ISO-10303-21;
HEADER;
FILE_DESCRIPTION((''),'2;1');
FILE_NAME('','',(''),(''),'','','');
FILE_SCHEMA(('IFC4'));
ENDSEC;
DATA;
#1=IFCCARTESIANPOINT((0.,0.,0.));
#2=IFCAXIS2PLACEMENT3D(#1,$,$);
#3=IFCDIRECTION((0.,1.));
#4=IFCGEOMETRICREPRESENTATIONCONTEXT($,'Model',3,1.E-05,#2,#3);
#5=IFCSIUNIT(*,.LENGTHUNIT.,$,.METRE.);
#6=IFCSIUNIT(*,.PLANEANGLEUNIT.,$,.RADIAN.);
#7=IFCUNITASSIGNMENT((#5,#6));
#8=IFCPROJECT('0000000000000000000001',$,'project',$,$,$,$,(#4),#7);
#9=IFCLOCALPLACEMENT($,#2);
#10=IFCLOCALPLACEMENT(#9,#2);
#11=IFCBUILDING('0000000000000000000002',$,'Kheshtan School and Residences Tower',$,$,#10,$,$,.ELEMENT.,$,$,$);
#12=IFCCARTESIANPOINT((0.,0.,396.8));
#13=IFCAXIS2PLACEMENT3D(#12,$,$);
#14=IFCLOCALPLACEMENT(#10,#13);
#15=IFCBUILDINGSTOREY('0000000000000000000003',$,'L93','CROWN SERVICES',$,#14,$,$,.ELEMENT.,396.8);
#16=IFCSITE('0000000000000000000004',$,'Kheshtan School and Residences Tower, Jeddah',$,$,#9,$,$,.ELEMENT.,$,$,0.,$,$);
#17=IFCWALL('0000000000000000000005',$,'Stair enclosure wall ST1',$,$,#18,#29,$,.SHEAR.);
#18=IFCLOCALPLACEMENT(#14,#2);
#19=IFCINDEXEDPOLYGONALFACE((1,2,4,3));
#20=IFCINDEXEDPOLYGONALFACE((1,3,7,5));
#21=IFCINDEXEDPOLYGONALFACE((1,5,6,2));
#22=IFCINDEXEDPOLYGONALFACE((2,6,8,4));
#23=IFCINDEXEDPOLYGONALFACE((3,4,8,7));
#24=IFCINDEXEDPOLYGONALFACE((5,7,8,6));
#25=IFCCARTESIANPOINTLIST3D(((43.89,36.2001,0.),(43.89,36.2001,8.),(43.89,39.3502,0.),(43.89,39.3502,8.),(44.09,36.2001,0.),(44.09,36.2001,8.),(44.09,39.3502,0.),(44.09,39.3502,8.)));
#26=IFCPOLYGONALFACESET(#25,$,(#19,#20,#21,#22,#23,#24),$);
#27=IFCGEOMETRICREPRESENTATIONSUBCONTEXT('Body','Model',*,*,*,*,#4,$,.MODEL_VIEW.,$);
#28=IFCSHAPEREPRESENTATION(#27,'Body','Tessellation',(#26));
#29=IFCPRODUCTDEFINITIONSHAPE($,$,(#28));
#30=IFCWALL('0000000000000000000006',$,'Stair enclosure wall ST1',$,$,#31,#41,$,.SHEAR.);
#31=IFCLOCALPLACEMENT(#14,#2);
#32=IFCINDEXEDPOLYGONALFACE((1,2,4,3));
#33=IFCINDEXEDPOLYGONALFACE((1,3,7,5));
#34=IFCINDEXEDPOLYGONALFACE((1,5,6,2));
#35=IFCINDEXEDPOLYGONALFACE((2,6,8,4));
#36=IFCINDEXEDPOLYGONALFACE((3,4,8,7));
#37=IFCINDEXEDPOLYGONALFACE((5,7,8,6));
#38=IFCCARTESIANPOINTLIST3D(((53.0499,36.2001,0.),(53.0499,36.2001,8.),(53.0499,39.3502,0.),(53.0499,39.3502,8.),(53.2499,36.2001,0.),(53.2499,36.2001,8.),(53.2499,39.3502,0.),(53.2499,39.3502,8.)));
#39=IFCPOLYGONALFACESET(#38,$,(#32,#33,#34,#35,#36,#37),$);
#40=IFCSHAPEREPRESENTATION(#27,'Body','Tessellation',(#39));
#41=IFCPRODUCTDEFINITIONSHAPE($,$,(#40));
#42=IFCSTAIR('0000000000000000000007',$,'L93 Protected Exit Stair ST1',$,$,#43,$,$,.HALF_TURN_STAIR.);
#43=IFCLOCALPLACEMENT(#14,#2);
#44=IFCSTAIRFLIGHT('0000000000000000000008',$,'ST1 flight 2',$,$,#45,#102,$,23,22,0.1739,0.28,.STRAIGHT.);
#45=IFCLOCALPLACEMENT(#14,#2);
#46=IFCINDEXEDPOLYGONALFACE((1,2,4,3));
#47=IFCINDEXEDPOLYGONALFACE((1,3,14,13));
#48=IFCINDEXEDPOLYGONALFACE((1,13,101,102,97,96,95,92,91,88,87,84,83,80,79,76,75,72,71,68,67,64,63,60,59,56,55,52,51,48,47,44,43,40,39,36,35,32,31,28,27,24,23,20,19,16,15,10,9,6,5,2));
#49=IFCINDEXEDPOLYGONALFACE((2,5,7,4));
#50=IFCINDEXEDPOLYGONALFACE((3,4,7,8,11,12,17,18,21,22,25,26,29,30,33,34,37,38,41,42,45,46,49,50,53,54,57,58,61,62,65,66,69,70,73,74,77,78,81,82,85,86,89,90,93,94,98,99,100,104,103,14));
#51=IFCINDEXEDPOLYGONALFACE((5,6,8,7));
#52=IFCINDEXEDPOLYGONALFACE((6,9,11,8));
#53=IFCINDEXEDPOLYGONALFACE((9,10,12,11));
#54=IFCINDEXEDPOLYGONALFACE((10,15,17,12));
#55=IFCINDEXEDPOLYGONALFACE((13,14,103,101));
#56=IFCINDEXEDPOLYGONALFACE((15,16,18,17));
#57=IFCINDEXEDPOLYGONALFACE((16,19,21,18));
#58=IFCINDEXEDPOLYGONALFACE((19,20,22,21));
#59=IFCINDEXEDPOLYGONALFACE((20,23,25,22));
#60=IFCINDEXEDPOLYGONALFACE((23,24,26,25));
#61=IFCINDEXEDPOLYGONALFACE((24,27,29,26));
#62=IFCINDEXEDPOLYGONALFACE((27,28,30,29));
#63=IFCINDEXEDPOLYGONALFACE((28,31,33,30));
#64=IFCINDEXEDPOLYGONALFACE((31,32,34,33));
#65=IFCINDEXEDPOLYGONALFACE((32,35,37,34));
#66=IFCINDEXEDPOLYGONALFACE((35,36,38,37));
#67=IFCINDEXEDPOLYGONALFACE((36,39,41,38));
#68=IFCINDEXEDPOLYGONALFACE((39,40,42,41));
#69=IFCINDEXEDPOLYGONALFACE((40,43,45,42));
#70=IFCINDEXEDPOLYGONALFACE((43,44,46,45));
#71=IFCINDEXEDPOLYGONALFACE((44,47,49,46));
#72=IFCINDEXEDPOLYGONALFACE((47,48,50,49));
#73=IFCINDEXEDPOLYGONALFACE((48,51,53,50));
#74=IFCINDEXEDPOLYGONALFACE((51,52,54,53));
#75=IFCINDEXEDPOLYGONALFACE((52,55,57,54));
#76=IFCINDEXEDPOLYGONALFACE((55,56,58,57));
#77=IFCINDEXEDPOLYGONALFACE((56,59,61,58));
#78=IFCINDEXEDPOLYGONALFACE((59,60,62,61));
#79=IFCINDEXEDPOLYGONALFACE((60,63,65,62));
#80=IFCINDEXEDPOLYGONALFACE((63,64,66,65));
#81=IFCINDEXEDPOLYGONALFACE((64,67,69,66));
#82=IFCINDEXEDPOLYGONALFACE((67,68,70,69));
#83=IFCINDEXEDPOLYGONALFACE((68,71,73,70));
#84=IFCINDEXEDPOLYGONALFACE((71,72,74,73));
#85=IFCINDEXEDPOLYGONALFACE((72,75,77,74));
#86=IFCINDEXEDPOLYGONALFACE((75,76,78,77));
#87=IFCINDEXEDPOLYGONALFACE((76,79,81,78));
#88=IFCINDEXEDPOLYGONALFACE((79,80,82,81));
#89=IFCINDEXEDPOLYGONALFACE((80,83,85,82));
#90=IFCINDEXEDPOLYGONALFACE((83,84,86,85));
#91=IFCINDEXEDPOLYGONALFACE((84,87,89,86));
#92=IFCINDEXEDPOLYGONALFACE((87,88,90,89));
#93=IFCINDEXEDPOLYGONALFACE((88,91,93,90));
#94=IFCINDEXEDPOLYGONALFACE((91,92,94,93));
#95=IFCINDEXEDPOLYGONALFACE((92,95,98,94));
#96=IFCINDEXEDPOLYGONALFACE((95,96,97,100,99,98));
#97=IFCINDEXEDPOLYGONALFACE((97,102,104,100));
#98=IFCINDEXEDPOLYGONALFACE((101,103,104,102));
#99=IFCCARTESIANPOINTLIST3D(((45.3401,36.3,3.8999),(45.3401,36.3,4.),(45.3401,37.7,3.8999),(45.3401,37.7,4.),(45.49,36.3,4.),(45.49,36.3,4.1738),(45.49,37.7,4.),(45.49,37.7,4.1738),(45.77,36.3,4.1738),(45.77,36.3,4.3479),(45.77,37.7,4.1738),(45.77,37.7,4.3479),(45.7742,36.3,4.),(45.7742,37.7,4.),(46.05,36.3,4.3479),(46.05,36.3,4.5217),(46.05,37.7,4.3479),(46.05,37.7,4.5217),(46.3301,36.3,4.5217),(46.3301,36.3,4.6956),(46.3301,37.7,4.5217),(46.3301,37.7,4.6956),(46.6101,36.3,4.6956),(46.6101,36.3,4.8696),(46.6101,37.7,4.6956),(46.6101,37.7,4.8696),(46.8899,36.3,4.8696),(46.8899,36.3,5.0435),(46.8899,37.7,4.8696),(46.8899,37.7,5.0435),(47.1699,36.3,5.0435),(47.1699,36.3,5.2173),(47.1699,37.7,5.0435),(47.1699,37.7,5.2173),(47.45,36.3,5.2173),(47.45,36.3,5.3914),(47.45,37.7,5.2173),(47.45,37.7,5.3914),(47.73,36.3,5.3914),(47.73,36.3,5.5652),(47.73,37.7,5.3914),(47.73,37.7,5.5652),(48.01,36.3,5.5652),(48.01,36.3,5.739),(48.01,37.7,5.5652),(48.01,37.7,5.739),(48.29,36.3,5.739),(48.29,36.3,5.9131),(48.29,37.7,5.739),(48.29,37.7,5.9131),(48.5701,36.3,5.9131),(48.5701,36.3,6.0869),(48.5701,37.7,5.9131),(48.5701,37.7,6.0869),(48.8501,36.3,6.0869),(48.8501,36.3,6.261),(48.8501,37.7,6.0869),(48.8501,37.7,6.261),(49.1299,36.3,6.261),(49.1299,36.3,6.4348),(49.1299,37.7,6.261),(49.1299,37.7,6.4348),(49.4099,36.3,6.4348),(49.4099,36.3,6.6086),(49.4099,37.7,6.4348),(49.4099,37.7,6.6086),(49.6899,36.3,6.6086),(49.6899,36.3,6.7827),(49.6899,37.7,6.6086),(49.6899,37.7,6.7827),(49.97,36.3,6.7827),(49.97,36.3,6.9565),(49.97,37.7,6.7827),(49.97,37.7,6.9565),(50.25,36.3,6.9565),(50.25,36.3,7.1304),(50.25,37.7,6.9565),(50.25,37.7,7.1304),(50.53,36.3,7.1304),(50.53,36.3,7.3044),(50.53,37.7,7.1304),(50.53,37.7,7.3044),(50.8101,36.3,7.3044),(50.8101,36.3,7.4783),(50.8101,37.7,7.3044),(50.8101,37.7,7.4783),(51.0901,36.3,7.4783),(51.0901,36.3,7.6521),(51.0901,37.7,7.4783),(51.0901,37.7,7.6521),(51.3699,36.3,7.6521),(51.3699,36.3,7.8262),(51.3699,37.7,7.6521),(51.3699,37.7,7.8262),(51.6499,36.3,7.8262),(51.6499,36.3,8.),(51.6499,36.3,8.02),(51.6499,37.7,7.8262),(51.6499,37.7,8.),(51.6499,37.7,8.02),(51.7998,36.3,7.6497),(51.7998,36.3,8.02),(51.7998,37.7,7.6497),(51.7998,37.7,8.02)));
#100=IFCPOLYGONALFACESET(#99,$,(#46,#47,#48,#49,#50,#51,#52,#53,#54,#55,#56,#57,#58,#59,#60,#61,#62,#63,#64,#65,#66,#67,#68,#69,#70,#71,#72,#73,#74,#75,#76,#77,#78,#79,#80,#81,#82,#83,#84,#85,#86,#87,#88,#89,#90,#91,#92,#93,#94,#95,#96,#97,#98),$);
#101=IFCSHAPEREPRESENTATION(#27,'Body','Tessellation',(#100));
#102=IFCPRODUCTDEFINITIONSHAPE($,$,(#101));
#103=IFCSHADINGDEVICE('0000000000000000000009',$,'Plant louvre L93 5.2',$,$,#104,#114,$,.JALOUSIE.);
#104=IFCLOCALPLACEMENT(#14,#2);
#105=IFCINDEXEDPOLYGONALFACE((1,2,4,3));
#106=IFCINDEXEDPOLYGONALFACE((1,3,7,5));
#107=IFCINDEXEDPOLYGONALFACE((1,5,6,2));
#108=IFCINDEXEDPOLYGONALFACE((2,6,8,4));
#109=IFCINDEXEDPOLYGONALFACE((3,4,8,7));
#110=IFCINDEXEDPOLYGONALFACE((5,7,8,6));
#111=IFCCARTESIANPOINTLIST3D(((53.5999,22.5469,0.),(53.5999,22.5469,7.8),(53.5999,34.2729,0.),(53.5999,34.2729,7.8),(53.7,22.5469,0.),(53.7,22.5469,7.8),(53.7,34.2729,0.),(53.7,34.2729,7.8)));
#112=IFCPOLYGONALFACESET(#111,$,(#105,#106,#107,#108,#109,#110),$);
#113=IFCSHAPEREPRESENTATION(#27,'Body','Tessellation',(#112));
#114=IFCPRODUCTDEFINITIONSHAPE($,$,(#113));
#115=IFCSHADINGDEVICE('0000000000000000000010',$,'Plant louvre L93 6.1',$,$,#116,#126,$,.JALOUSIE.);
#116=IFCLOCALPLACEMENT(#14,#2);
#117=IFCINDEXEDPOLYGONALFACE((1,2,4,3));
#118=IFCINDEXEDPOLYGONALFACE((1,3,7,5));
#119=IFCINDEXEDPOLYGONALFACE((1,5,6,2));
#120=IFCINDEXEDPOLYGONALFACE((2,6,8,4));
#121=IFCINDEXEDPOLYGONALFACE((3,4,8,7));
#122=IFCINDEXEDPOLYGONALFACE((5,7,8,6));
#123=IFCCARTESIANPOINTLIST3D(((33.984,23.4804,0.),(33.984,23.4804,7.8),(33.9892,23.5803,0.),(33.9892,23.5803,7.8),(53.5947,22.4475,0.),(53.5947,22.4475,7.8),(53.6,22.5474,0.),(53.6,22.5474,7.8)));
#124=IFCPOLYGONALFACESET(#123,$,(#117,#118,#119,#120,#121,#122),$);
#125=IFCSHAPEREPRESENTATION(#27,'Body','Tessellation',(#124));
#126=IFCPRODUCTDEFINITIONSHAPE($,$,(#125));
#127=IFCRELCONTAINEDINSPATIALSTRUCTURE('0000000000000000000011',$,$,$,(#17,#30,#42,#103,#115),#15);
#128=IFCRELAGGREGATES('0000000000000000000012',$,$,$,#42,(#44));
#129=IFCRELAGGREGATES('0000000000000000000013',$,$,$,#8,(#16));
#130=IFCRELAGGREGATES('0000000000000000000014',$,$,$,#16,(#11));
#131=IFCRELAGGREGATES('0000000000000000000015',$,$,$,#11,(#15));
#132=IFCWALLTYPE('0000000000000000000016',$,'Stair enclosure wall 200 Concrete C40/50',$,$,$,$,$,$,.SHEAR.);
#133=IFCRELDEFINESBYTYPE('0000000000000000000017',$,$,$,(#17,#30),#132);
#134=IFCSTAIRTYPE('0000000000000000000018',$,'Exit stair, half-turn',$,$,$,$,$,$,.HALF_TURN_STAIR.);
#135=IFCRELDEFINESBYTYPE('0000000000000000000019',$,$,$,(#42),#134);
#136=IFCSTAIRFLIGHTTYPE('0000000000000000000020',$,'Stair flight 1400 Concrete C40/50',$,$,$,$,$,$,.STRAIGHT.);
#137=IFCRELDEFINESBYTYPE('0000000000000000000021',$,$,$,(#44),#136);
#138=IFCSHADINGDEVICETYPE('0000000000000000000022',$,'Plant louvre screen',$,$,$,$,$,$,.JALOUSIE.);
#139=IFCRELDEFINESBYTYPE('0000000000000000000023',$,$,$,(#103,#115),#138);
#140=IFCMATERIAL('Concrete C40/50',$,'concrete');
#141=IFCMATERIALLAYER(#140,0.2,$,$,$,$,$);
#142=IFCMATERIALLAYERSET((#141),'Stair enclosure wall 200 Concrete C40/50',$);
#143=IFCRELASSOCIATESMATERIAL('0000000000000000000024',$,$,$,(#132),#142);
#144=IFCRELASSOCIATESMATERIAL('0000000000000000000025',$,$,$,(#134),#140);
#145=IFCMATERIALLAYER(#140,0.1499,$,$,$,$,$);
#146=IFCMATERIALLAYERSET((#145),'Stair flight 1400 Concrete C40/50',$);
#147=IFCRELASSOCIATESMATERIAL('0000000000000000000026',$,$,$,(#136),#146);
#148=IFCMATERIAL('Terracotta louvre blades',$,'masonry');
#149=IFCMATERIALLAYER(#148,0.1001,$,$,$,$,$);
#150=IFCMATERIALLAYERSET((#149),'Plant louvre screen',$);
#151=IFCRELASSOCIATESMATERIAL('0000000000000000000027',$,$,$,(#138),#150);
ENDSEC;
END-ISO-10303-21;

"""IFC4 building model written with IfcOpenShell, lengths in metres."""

from ifc_helpers import new_model, si_unit, direction, frame, frame_2d, origin, origin_2d, place, context, subcontext, project, spatial, polyline, rectangle, outline, extrude, material, layer, layer_set, type_object, element, aggregate, save


model = new_model("IFC4")

# Units and contexts
model_context = context("Model", 3, precision=1e-05, world=origin(), true_north=direction((0.0, 1.0)))
body_context = subcontext(model_context, "Body", "Model", "MODEL_VIEW")
ifc_project = project(units=[si_unit("LENGTHUNIT", "METRE"), si_unit("PLANEANGLEUNIT", "RADIAN")], contexts=[model_context])

# Site, building, storey
site_placement = place(None, origin())
site = spatial("IfcSite", under=ifc_project, at=site_placement, Name="Kheshtan School and Residences Tower, Jeddah", CompositionType="ELEMENT", RefElevation=0.0)
building_placement = place(site_placement, origin())
building = spatial("IfcBuilding", under=site, at=building_placement, Name="Kheshtan School and Residences Tower", CompositionType="ELEMENT")
storey_placement = place(building_placement, frame((0.0, 0.0, 396.8)))
storey = spatial("IfcBuildingStorey", under=building, at=storey_placement, Name="L93", Description="CROWN SERVICES", CompositionType="ELEMENT", Elevation=396.8)

# Walls
ifc_material_1 = material(Name="Concrete C40/50", Category="concrete")
ifc_layer_1 = layer(ifc_material_1, 0.2)
ifc_layer_set_1 = layer_set([ifc_layer_1], Name="Stair enclosure wall 200 Concrete C40/50")
wall_type_1 = type_object("IfcWallType", Name="Stair enclosure wall 200 Concrete C40/50", PredefinedType="SHEAR", material=ifc_layer_set_1)
for number, where, z_axis, x_axis, name in (
    (1, (43.99, 36.2, 0.0), (0.0, 0.0, 1.0), (0.0, 1.0, 0.0), "Stair enclosure wall ST1"),
    (2, (53.1499, 36.2, 0.0), (0.0, 0.0, 1.0), (0.0, 1.0, 0.0), "Stair enclosure wall ST1"),
):
    element("IfcWall", number, at=place(storey_placement, frame(where, z_axis=z_axis, x_axis=x_axis)), inside=storey, type_object=wall_type_1, Name=name, PredefinedType="SHEAR", context=body_context, shape_type="SweptSolid", body=[
        extrude(rectangle(XDim=3.1501, YDim=0.2, at=frame_2d((1.5752, 0.0))), origin(), (0.0, 0.0, 1.0), 8.0),
    ])

# Stair, stair flight
stair_type = type_object("IfcStairType", Name="Exit stair, half-turn", PredefinedType="HALF_TURN_STAIR", material=ifc_material_1)
stair_placement = place(storey_placement, origin())
stair = element("IfcStair", 3, at=stair_placement, inside=storey, type_object=stair_type, Name="L93 Protected Exit Stair ST1", PredefinedType="HALF_TURN_STAIR")
ifc_layer_2 = layer(ifc_material_1, 0.1499)
ifc_layer_set_2 = layer_set([ifc_layer_2], Name="Stair flight 1400 Concrete C40/50")
stair_flight_type = type_object("IfcStairFlightType", Name="Stair flight 1400 Concrete C40/50", PredefinedType="STRAIGHT", material=ifc_layer_set_2)
stair_flight_placement = place(storey_placement, frame((45.49, 37.0, 4.0), z_axis=(0.0, 0.0, 1.0), x_axis=(1.0, 0.0, 0.0)))
stair_flight = element("IfcStairFlight", 4, at=stair_flight_placement, type_object=stair_flight_type, Name="ST1 flight 2", NumberOfRisers=23, NumberOfTreads=22, PredefinedType="STRAIGHT", RiserHeight=0.1739, TreadLength=0.28, context=body_context, shape_type="SweptSolid", body=[
    extrude(outline(polyline([(-0.1499, -0.1001), (-0.1499, 0.0), (0.0, 0.0), (0.0, 0.1738), (0.28, 0.1738), (0.28, 0.3479), (0.5601, 0.3479), (0.5601, 0.5217), (0.8401, 0.5217), (0.8401, 0.6956), (1.1201, 0.6956), (1.1201, 0.8696), (1.3999, 0.8696), (1.3999, 1.0435), (1.6799, 1.0435), (1.6799, 1.2173), (1.96, 1.2173), (1.96, 1.3914), (2.24, 1.3914), (2.24, 1.5652), (2.52, 1.5652), (2.52, 1.739), (2.8, 1.739), (2.8, 1.9131), (3.0801, 1.9131), (3.0801, 2.0869), (3.3601, 2.0869), (3.3601, 2.261), (3.6399, 2.261), (3.6399, 2.4348), (3.9199, 2.4348), (3.9199, 2.6086), (4.2, 2.6086), (4.2, 2.7827), (4.48, 2.7827), (4.48, 2.9565), (4.76, 2.9565), (4.76, 3.1304), (5.04, 3.1304), (5.04, 3.3044), (5.3201, 3.3044), (5.3201, 3.4783), (5.6001, 3.4783), (5.6001, 3.6521), (5.8799, 3.6521), (5.8799, 3.8262), (6.1599, 3.8262), (6.1599, 4.0), (6.1599, 4.02), (6.3098, 4.02), (6.3098, 3.6497), (0.2842, 0.0), (-0.1499, -0.1001)])), frame((0.0, 0.7, 0.0), z_axis=(0.0, -1.0, 0.0), x_axis=(1.0, 0.0, 0.0)), (0.0, 0.0, 1.0), 1.3999),
])
aggregate(stair, [stair_flight])

# Shading devices
ifc_material_2 = material(Name="Terracotta louvre blades", Category="masonry")
ifc_layer_3 = layer(ifc_material_2, 0.1001)
ifc_layer_set_3 = layer_set([ifc_layer_3], Name="Plant louvre screen")
shading_device_type = type_object("IfcShadingDeviceType", Name="Plant louvre screen", PredefinedType="JALOUSIE", material=ifc_layer_set_3)
shading_device_1_placement = place(storey_placement, frame((53.6499, 28.4099, 0.0), z_axis=(0.0, 0.0, 1.0), x_axis=(0.0, -1.0, 0.0)))
element("IfcShadingDevice", 5, at=shading_device_1_placement, inside=storey, type_object=shading_device_type, Name="Plant louvre L93 5.2", PredefinedType="JALOUSIE", context=body_context, shape_type="SweptSolid", body=[
    extrude(rectangle(XDim=11.7261, YDim=0.1001, at=origin_2d()), origin(), (0.0, 0.0, 1.0), 7.8),
])
shading_device_2_placement = place(storey_placement, frame((43.792, 23.0139, 0.0), z_axis=(0.0, 0.0, 1.0), x_axis=(-0.998616, 0.052597, 0.0)))
element("IfcShadingDevice", 6, at=shading_device_2_placement, inside=storey, type_object=shading_device_type, Name="Plant louvre L93 6.1", PredefinedType="JALOUSIE", context=body_context, shape_type="SweptSolid", body=[
    extrude(rectangle(XDim=19.6379, YDim=0.1001, at=origin_2d()), origin(), (0.0, 0.0, 1.0), 7.8),
])

save(model, "model.ifc")
